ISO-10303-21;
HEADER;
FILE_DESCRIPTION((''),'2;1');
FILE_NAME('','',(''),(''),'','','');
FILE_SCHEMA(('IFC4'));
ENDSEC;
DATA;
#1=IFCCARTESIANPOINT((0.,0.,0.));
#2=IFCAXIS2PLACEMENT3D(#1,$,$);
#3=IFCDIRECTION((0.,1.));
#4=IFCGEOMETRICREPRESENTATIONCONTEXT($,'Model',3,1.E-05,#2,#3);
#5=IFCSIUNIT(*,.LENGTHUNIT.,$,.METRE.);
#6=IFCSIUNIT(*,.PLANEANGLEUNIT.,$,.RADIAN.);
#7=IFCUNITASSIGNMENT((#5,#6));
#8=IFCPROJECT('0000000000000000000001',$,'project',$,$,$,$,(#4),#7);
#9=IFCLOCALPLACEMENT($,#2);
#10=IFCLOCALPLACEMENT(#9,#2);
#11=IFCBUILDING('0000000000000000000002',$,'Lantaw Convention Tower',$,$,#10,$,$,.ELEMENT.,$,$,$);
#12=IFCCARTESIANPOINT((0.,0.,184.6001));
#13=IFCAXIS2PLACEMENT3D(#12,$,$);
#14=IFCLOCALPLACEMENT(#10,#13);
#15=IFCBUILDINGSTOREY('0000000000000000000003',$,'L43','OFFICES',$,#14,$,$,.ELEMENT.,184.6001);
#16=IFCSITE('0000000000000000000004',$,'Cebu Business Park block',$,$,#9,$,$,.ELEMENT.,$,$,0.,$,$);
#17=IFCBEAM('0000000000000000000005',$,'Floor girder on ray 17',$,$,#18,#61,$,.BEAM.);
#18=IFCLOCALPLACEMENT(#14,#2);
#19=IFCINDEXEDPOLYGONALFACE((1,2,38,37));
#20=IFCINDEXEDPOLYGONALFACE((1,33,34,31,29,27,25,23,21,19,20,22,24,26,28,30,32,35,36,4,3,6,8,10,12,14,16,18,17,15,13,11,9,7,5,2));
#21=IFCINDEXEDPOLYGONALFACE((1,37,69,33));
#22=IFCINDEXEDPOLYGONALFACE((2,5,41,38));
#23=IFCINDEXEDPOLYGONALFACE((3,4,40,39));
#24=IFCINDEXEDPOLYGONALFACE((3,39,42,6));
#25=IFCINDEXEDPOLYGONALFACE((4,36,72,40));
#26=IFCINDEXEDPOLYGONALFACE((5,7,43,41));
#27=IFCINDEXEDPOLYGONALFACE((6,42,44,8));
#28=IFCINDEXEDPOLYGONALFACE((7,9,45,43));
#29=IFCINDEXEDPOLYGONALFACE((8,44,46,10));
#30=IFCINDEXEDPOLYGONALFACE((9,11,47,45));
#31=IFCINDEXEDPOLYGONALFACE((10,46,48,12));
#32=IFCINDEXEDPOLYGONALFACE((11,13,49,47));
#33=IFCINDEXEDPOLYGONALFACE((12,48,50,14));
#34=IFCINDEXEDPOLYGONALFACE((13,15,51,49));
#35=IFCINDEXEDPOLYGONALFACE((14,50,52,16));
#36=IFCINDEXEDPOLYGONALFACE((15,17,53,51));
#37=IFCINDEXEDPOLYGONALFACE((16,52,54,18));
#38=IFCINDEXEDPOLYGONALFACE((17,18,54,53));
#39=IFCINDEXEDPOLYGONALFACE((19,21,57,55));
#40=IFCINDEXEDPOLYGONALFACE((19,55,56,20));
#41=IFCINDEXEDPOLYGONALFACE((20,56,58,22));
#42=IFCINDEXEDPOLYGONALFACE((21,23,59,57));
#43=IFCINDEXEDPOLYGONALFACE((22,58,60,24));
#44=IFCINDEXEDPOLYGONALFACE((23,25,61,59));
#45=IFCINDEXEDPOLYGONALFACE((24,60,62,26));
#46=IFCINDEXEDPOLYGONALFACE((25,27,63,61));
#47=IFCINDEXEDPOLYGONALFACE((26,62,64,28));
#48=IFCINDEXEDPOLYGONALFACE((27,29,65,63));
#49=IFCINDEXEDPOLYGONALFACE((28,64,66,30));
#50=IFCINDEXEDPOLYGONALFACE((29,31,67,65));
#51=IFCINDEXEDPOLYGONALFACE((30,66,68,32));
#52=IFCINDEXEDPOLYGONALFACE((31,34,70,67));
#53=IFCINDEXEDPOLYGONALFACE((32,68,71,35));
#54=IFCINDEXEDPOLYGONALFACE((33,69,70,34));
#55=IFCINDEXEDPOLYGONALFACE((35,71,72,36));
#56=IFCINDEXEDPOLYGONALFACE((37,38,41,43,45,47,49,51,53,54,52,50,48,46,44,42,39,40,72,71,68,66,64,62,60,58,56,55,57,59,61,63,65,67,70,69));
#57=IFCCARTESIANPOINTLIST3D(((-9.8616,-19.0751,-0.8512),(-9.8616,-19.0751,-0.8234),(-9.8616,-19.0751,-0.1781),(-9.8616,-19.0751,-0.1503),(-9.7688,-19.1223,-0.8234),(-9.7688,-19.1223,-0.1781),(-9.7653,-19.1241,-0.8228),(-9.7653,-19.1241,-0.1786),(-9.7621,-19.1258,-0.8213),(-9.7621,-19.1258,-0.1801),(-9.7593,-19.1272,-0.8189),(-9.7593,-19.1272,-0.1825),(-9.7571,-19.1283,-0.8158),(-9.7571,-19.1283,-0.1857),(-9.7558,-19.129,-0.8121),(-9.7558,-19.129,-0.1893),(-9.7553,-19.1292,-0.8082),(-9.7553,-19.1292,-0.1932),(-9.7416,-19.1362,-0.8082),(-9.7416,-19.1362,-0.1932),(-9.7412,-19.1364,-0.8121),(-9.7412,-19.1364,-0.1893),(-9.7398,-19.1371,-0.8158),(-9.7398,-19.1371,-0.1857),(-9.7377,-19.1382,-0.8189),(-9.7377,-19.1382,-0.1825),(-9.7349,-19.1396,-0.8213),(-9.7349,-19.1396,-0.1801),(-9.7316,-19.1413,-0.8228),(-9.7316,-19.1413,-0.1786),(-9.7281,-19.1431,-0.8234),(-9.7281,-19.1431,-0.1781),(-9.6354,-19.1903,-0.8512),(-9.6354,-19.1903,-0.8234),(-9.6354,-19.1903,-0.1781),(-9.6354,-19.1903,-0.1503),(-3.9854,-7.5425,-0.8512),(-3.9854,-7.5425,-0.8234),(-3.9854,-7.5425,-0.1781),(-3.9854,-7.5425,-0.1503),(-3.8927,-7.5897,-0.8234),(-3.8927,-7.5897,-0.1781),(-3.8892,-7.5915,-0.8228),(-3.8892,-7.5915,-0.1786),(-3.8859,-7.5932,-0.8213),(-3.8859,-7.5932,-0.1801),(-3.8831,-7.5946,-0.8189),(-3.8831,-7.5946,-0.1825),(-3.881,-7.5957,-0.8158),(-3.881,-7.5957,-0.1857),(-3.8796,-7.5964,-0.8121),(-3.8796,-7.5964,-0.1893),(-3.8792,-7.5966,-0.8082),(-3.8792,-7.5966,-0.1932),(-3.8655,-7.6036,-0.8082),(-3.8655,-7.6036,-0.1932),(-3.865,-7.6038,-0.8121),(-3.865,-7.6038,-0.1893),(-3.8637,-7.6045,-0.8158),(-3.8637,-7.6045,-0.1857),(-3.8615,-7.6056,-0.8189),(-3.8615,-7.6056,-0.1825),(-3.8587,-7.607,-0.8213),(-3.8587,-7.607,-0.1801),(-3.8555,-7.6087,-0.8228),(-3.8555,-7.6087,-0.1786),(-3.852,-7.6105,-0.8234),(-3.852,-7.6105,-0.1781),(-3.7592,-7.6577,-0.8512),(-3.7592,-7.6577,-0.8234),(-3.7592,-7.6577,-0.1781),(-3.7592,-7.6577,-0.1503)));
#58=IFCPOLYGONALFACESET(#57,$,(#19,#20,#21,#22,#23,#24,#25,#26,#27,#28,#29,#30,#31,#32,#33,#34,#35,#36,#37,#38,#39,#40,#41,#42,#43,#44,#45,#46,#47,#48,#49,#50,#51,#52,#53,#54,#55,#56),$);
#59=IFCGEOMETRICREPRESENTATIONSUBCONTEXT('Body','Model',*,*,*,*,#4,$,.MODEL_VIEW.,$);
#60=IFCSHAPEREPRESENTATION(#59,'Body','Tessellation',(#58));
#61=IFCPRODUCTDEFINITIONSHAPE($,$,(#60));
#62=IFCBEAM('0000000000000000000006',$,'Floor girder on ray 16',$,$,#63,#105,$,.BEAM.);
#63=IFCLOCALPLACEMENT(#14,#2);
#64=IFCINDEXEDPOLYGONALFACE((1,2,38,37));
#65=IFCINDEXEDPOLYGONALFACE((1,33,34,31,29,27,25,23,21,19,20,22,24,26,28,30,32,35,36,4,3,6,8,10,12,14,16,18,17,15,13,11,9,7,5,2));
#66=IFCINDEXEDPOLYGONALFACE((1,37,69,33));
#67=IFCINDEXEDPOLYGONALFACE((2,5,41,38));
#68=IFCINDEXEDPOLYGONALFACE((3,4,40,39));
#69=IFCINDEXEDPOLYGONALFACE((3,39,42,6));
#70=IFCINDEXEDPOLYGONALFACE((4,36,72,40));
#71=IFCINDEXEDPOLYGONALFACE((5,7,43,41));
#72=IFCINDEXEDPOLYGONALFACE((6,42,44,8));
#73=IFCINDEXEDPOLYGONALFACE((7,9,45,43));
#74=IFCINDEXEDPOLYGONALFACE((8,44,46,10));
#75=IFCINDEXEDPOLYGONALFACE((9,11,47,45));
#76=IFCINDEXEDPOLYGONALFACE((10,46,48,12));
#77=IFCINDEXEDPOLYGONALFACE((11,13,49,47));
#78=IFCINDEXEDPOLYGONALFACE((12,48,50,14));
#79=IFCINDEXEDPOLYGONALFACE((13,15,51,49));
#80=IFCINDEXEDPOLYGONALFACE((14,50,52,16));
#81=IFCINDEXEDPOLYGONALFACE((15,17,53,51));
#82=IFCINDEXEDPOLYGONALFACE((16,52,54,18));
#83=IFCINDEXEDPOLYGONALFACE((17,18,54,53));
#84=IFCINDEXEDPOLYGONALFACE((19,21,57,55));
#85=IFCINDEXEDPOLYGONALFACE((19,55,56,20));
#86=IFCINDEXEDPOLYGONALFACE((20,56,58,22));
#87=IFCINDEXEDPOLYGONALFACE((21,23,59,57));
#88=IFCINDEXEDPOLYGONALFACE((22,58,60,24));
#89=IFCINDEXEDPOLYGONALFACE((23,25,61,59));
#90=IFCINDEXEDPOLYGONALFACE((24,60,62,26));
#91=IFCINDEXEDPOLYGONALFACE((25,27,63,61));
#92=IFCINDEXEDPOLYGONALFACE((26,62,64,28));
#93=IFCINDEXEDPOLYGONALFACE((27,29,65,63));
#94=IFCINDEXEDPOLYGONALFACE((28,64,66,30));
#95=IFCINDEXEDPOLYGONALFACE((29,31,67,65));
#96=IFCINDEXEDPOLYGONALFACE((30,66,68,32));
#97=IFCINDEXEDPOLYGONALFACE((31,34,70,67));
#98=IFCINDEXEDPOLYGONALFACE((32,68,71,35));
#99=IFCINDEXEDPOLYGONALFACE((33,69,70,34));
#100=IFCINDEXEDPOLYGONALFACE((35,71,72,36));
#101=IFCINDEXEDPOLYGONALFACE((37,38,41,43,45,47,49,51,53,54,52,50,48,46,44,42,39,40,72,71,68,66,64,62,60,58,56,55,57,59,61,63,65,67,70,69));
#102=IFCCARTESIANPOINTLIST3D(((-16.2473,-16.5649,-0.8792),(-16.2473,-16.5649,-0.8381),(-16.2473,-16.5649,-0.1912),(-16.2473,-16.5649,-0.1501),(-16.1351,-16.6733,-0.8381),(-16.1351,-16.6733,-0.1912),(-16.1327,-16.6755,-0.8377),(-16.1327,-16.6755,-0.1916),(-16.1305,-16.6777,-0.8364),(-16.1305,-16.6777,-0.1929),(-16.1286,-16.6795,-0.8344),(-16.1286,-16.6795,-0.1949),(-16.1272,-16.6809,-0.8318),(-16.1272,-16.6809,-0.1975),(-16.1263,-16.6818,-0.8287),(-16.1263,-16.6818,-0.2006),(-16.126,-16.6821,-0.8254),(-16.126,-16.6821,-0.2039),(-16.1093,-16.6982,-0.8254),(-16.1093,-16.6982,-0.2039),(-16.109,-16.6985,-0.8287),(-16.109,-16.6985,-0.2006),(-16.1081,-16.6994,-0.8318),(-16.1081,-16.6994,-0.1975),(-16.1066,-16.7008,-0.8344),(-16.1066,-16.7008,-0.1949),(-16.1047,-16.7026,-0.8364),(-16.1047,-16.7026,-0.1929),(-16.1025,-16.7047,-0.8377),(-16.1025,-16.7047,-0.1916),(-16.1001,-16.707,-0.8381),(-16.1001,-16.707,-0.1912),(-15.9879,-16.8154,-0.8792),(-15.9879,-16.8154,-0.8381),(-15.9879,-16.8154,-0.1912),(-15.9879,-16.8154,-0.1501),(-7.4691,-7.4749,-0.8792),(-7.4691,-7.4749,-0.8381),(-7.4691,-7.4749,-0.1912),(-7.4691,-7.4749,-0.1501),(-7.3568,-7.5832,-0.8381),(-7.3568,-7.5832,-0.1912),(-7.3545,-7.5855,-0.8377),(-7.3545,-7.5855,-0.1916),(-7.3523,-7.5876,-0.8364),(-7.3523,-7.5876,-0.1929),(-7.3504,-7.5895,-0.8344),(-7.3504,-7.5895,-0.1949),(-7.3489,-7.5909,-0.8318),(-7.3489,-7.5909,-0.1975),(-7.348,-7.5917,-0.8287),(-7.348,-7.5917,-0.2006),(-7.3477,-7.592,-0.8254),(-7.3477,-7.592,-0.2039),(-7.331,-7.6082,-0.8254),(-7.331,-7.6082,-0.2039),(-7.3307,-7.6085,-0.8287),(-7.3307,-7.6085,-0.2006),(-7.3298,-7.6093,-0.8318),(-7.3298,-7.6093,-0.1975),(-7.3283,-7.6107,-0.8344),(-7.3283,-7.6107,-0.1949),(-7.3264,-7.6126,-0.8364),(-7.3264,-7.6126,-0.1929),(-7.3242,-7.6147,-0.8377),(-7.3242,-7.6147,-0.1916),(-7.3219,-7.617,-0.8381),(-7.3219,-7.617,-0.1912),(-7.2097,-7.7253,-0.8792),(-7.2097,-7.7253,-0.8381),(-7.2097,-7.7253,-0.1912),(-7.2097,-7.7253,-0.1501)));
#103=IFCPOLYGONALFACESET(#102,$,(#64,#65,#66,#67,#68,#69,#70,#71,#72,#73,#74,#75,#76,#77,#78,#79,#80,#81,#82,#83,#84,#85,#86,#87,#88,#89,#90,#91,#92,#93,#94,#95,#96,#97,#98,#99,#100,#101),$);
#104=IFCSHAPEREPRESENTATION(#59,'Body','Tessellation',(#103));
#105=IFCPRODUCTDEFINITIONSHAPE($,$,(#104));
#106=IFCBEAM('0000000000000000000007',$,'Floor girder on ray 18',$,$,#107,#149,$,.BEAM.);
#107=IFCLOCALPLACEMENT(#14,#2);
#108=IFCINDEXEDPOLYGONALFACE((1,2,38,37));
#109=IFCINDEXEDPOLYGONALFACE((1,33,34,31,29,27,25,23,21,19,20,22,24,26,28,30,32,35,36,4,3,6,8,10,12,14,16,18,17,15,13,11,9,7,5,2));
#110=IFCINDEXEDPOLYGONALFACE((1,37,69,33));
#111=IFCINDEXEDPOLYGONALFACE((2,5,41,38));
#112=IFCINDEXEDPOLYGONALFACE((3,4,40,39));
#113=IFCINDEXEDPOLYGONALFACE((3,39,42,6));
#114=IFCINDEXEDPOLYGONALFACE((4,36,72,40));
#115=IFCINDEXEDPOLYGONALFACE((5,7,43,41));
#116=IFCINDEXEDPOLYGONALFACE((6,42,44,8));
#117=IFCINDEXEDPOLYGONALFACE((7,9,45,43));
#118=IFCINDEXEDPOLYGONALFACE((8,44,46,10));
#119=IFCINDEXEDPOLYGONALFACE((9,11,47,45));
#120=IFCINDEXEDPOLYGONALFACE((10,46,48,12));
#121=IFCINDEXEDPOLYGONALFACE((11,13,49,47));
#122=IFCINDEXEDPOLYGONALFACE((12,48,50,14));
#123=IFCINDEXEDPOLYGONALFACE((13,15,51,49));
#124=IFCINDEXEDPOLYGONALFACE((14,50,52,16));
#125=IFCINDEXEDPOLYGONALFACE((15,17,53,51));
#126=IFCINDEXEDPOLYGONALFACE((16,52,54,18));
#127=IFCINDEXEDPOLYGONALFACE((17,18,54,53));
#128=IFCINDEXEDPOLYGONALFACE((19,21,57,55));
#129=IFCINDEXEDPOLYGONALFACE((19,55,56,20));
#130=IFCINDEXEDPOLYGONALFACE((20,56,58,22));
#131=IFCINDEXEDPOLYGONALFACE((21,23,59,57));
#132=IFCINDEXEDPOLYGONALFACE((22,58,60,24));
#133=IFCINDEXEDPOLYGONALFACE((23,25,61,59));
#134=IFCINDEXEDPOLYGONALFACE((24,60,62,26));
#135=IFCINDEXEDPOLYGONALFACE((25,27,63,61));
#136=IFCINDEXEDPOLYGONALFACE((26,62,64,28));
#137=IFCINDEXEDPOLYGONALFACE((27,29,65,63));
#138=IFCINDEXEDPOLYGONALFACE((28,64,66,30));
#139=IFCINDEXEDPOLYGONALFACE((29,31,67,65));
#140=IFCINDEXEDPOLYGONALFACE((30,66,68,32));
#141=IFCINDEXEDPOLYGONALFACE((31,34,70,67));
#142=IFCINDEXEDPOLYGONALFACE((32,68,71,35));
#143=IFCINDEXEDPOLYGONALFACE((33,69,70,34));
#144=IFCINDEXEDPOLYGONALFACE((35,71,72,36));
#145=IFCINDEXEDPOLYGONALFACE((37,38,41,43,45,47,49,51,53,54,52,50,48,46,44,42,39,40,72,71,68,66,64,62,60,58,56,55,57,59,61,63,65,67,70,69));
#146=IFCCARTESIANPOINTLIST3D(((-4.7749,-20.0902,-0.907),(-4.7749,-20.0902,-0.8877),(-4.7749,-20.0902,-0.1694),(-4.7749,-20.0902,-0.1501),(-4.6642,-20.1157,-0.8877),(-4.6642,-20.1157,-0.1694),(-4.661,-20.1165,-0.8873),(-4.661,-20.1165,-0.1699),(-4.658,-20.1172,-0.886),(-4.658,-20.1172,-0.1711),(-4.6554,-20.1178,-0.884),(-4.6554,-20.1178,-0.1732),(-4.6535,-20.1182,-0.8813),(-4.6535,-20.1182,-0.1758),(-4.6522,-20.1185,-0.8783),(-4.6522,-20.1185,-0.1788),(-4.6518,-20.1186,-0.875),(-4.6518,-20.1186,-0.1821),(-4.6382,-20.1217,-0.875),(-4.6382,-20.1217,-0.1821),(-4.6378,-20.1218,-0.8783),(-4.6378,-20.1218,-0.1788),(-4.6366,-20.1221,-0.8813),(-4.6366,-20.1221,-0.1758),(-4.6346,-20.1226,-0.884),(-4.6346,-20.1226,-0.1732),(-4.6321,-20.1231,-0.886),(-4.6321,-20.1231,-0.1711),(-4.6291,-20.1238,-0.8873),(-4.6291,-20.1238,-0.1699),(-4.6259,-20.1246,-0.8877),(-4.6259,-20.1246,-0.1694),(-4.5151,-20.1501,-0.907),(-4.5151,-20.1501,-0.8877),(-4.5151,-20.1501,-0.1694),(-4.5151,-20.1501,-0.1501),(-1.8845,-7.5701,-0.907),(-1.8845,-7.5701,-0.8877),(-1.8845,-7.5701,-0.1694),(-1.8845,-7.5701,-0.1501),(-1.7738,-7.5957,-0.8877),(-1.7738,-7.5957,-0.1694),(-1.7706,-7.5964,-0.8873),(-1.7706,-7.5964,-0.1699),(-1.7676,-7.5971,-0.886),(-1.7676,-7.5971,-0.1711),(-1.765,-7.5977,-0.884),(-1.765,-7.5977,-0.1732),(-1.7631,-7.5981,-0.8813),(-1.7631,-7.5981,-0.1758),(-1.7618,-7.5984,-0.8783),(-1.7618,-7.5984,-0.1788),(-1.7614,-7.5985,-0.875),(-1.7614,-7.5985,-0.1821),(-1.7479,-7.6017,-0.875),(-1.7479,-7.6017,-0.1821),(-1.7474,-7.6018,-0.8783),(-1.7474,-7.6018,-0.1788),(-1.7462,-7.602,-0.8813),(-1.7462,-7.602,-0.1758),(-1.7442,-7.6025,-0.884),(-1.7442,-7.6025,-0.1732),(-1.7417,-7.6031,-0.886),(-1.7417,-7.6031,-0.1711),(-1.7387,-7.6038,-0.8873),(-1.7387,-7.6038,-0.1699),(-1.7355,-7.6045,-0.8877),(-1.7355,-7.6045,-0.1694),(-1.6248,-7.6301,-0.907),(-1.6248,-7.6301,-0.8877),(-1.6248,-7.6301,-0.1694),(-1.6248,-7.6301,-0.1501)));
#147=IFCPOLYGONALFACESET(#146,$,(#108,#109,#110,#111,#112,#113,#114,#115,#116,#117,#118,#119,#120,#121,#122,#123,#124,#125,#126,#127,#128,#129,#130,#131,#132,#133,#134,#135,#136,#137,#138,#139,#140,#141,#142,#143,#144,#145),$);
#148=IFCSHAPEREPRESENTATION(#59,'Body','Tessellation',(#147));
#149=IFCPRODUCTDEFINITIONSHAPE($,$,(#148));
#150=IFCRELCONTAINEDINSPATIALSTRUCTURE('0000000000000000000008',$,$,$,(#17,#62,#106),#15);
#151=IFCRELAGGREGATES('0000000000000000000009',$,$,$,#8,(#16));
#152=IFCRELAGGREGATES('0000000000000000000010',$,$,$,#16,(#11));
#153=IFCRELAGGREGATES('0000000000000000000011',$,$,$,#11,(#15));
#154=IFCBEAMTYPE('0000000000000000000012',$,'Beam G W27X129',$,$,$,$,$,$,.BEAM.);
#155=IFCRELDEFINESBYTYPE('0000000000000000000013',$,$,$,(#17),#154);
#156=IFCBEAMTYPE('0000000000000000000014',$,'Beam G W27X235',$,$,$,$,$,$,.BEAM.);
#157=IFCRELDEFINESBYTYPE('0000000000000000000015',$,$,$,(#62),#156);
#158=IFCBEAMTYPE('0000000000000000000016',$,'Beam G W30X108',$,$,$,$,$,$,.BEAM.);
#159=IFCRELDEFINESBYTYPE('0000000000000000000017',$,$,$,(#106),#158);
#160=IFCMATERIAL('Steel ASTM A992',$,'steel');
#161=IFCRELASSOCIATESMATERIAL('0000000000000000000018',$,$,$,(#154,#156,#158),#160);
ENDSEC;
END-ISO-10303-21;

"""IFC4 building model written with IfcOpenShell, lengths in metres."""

from ifc_helpers import new_model, si_unit, direction, frame, origin, origin_2d, place, context, subcontext, project, spatial, i_section, extrude, material, material_profile, profile_set, type_object, element, save


model = new_model("IFC4")

# Units and contexts
model_context = context("Model", 3, precision=1e-05, world=origin(), true_north=direction((0.0, 1.0)))
body_context = subcontext(model_context, "Body", "Model", "MODEL_VIEW")
ifc_project = project(units=[si_unit("LENGTHUNIT", "METRE"), si_unit("PLANEANGLEUNIT", "RADIAN")], contexts=[model_context])

# Site, building, storey
site_placement = place(None, origin())
site = spatial("IfcSite", under=ifc_project, at=site_placement, Name="Cebu Business Park block", CompositionType="ELEMENT", RefElevation=0.0)
building_placement = place(site_placement, origin())
building = spatial("IfcBuilding", under=site, at=building_placement, Name="Lantaw Convention Tower", CompositionType="ELEMENT")
storey_placement = place(building_placement, frame((0.0, 0.0, 184.6001)))
storey = spatial("IfcBuildingStorey", under=building, at=storey_placement, Name="L43", Description="OFFICES", CompositionType="ELEMENT", Elevation=184.6001)

# Beams
ifc_material_1 = material(Name="Steel ASTM A992", Category="steel")
ifc_material_profile_1 = material_profile(ifc_material_1, i_section(OverallWidth=0.2539, OverallDepth=0.7009, WebThickness=0.0154, FlangeThickness=0.0278, FilletRadius=0.0151, at=origin_2d()), Name="W27X129")
ifc_profile_set_1 = profile_set([ifc_material_profile_1], Name="Steel ASTM A992")
beam_type_1 = type_object("IfcBeamType", Name="Beam G W27X129", PredefinedType="BEAM", material=ifc_profile_set_1)
beam_1_placement = place(storey_placement, frame((-3.8723, -7.6001, -0.5007), z_axis=(-0.453991, -0.891006, 0.0), x_axis=(0.891006, -0.453991, 0.0)))
element("IfcBeam", 1, at=beam_1_placement, inside=storey, type_object=beam_type_1, Name="Floor girder on ray 17", PredefinedType="BEAM", context=body_context, shape_type="SweptSolid", body=[
    extrude(i_section(OverallWidth=0.2539, OverallDepth=0.7009, WebThickness=0.0154, FlangeThickness=0.0278, FilletRadius=0.0151, at=origin_2d()), origin(), (0.0, 0.0, 1.0), 12.9434),
])
ifc_material_profile_2 = material_profile(ifc_material_1, i_section(OverallWidth=0.3606, OverallDepth=0.729, WebThickness=0.0232, FlangeThickness=0.041, FilletRadius=0.0127, at=origin_2d()), Name="W27X235")
ifc_profile_set_2 = profile_set([ifc_material_profile_2], Name="Steel ASTM A992")
beam_type_2 = type_object("IfcBeamType", Name="Beam G W27X235", PredefinedType="BEAM", material=ifc_profile_set_2)
beam_2_placement = place(storey_placement, frame((-7.3394, -7.6001, -0.5146), z_axis=(-0.694663, -0.719335, 0.0), x_axis=(0.719335, -0.694663, 0.0)))
element("IfcBeam", 2, at=beam_2_placement, inside=storey, type_object=beam_type_2, Name="Floor girder on ray 16", PredefinedType="BEAM", context=body_context, shape_type="SweptSolid", body=[
    extrude(i_section(OverallWidth=0.3606, OverallDepth=0.729, WebThickness=0.0232, FlangeThickness=0.041, FilletRadius=0.0127, at=origin_2d()), origin(), (0.0, 0.0, 1.0), 12.6367),
])
ifc_material_profile_3 = material_profile(ifc_material_1, i_section(OverallWidth=0.2666, OverallDepth=0.7568, WebThickness=0.0139, FlangeThickness=0.0193, FilletRadius=0.0127, at=origin_2d()), Name="W30X108")
ifc_profile_set_3 = profile_set([ifc_material_profile_3], Name="Steel ASTM A992")
beam_type_3 = type_object("IfcBeamType", Name="Beam G W30X108", PredefinedType="BEAM", material=ifc_profile_set_3)
beam_3_placement = place(storey_placement, frame((-1.7546, -7.6001, -0.5286), z_axis=(-0.224944, -0.974372, 0.0), x_axis=(0.974372, -0.224944, 0.0)))
element("IfcBeam", 3, at=beam_3_placement, inside=storey, type_object=beam_type_3, Name="Floor girder on ray 18", PredefinedType="BEAM", context=body_context, shape_type="SweptSolid", body=[
    extrude(i_section(OverallWidth=0.2666, OverallDepth=0.7568, WebThickness=0.0139, FlangeThickness=0.0193, FilletRadius=0.0127, at=origin_2d()), origin(), (0.0, 0.0, 1.0), 12.8494),
])

save(model, "model.ifc")
